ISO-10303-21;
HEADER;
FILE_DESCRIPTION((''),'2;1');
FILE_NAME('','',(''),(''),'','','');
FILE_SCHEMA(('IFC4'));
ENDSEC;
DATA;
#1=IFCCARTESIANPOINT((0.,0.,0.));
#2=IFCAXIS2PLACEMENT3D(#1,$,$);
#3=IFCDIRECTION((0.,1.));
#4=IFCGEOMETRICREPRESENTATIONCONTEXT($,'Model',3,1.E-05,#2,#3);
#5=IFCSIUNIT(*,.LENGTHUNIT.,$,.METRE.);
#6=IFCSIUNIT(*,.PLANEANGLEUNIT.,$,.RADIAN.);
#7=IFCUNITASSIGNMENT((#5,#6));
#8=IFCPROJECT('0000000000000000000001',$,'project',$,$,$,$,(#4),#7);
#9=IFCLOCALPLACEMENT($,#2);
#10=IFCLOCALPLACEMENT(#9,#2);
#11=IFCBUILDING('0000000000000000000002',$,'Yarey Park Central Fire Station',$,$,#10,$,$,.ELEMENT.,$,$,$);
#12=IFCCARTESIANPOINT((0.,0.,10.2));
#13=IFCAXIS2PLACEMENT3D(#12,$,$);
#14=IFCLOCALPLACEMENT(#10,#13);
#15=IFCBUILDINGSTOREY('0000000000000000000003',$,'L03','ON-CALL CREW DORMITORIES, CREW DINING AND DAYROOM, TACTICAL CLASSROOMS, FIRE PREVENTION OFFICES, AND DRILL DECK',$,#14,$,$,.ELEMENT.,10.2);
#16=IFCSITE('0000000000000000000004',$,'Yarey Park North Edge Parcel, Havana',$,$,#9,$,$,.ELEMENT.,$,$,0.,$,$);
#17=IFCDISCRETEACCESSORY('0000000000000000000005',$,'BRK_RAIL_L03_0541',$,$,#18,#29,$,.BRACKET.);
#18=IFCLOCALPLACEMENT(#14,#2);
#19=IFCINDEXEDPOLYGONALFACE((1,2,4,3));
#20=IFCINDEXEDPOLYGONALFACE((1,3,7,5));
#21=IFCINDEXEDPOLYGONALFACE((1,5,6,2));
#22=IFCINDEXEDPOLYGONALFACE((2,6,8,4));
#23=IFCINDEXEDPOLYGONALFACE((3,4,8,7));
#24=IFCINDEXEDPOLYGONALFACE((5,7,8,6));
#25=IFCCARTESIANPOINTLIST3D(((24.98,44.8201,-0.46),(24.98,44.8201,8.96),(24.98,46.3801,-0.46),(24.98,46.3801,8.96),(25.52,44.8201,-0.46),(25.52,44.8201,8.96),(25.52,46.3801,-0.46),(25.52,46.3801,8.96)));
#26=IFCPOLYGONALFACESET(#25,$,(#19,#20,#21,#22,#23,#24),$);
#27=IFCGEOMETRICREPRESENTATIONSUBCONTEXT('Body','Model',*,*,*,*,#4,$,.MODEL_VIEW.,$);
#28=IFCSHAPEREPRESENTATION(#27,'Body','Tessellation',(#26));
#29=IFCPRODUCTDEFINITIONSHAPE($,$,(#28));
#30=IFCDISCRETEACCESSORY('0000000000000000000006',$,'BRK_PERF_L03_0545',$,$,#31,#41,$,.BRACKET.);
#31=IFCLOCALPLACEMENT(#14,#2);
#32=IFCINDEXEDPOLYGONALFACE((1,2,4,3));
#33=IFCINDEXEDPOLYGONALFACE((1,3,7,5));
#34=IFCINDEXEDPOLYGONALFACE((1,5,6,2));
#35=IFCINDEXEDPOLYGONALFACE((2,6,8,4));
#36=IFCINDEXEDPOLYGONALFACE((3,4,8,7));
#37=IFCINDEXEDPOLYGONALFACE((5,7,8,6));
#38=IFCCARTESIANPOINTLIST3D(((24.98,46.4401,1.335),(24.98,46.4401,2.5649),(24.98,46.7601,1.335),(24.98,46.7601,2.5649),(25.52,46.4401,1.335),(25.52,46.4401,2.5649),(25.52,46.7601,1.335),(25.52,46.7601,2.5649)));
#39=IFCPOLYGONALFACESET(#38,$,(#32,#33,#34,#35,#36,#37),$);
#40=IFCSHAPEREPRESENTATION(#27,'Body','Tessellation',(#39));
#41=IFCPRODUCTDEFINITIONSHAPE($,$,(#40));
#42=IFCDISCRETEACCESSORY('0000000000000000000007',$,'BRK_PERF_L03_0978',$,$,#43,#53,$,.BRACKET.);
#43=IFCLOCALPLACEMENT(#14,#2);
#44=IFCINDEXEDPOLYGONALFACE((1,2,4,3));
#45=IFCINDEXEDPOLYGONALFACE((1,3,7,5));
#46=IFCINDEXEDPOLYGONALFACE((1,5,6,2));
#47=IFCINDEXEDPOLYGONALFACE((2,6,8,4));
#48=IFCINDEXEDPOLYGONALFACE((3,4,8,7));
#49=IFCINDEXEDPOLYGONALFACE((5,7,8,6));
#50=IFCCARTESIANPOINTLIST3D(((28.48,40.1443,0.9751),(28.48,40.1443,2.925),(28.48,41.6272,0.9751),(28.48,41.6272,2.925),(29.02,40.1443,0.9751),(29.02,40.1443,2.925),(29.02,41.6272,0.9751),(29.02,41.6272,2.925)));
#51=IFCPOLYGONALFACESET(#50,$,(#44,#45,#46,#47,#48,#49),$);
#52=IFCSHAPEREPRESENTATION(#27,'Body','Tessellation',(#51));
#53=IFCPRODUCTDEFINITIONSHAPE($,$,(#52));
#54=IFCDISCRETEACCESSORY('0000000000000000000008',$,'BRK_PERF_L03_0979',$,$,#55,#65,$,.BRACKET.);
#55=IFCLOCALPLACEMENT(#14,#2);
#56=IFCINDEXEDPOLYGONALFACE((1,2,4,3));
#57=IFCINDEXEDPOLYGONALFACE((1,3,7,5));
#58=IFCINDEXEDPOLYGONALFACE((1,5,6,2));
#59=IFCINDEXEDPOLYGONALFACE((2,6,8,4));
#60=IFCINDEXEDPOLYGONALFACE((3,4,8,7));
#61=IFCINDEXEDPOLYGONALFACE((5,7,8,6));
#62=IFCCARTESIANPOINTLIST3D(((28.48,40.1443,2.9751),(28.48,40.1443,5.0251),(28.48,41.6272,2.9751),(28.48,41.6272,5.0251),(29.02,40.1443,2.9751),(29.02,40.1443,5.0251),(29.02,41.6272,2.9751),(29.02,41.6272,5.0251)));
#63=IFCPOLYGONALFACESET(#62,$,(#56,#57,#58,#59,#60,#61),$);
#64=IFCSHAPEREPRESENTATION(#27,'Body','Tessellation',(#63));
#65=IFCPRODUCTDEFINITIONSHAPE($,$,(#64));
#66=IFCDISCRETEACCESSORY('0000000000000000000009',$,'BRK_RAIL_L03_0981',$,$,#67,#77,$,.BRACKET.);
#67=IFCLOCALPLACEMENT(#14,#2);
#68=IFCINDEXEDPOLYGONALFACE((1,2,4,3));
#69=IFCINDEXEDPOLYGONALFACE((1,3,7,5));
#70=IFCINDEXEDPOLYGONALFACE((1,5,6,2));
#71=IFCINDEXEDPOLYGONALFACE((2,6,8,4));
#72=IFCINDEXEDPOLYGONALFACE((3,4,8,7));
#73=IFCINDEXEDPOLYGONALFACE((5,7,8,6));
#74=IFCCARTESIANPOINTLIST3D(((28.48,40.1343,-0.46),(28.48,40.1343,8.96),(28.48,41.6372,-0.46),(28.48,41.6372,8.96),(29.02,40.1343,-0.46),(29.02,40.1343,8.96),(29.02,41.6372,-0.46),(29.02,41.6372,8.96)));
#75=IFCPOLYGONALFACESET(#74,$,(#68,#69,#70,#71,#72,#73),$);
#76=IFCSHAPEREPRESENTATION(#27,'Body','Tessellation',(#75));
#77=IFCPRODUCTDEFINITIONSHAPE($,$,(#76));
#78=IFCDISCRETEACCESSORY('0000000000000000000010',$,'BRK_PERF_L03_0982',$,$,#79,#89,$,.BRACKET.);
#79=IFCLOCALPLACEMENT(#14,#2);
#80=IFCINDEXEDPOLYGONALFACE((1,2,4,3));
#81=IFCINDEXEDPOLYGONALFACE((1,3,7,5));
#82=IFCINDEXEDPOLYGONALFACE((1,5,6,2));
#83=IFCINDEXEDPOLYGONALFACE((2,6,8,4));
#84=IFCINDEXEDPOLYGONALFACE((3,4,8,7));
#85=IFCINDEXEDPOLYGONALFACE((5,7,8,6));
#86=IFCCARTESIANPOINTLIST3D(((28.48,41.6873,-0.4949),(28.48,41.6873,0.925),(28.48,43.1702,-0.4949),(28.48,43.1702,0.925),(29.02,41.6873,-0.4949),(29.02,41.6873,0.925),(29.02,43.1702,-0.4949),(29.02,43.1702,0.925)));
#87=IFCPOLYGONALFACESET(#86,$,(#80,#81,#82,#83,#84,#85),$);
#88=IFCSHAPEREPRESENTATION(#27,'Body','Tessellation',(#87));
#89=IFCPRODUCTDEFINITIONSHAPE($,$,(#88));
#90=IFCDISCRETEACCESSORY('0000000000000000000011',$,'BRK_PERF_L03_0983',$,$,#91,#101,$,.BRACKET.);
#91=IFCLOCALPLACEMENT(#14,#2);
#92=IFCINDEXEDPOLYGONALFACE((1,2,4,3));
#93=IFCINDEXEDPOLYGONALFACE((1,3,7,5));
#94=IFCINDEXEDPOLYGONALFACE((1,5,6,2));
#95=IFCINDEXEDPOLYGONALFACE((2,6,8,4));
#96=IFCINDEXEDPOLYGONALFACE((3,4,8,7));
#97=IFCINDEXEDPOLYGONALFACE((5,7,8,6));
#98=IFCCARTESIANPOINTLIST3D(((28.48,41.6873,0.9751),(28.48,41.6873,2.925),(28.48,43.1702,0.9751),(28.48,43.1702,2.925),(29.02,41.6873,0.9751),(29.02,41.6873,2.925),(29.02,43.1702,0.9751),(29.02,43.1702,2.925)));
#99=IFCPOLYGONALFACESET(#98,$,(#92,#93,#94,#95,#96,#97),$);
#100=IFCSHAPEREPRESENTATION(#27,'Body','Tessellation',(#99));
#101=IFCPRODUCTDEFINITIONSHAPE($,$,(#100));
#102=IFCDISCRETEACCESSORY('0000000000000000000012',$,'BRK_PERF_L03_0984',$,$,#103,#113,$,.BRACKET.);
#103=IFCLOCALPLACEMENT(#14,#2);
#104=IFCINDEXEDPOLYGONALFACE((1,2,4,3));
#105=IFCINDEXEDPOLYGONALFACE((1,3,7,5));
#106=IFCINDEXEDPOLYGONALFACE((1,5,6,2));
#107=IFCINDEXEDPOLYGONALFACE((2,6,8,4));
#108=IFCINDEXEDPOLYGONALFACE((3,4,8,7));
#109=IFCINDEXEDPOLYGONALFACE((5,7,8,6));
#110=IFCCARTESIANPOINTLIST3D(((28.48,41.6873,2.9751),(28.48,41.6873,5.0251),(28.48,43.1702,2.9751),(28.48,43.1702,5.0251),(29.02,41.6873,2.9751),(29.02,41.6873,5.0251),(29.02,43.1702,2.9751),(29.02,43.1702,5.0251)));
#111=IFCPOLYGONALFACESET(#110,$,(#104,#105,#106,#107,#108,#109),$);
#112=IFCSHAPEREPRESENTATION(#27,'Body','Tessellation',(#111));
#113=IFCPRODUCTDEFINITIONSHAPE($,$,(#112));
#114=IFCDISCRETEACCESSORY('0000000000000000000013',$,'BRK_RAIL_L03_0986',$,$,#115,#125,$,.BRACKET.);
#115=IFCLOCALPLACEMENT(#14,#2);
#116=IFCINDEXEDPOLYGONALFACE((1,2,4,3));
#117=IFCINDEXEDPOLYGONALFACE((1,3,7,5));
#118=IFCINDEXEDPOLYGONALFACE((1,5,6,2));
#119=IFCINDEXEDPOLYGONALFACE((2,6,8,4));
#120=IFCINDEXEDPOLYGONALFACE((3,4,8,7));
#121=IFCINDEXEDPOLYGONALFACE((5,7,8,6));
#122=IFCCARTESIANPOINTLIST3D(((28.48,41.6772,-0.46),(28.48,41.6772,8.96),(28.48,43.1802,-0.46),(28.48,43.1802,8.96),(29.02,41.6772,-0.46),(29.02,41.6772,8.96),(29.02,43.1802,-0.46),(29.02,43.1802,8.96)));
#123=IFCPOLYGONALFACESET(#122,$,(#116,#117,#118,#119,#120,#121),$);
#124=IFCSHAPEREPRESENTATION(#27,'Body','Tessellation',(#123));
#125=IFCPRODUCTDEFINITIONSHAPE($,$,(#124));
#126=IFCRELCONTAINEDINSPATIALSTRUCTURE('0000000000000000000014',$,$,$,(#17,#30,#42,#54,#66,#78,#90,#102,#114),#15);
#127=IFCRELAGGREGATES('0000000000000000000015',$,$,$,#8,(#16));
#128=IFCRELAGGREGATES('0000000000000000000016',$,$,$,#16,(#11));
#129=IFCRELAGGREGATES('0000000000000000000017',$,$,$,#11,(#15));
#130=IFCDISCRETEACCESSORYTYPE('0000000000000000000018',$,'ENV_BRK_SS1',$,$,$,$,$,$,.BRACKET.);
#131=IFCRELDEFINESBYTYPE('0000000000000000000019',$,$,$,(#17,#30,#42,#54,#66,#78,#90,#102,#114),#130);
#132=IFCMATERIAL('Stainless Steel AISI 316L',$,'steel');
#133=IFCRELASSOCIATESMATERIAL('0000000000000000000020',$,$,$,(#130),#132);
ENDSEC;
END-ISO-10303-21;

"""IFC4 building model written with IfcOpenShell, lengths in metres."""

from ifc_helpers import new_model, si_unit, direction, frame, origin, origin_2d, place, context, subcontext, project, spatial, rectangle, extrude, material, type_object, element, save


model = new_model("IFC4")

# Units and contexts
model_context = context("Model", 3, precision=1e-05, world=origin(), true_north=direction((0.0, 1.0)))
body_context = subcontext(model_context, "Body", "Model", "MODEL_VIEW")
ifc_project = project(units=[si_unit("LENGTHUNIT", "METRE"), si_unit("PLANEANGLEUNIT", "RADIAN")], contexts=[model_context])

# Site, building, storey
site_placement = place(None, origin())
site = spatial("IfcSite", under=ifc_project, at=site_placement, Name="Yarey Park North Edge Parcel, Havana", CompositionType="ELEMENT", RefElevation=0.0)
building_placement = place(site_placement, origin())
building = spatial("IfcBuilding", under=site, at=building_placement, Name="Yarey Park Central Fire Station", CompositionType="ELEMENT")
storey_placement = place(building_placement, frame((0.0, 0.0, 10.2)))
storey = spatial("IfcBuildingStorey", under=building, at=storey_placement, Name="L03", Description="ON-CALL CREW DORMITORIES, CREW DINING AND DAYROOM, TACTICAL CLASSROOMS, FIRE PREVENTION OFFICES, AND DRILL DECK", CompositionType="ELEMENT", Elevation=10.2)

# Discrete accessories
ifc_material_1 = material(Name="Stainless Steel AISI 316L", Category="steel")
discrete_accessory_type = type_object("IfcDiscreteAccessoryType", Name="ENV_BRK_SS1", PredefinedType="BRACKET", material=ifc_material_1)
discrete_accessory_1_placement = place(storey_placement, frame((25.25, 45.6001, -0.46), z_axis=(0.0, 0.0, 1.0), x_axis=(1.0, 0.0, 0.0)))
element("IfcDiscreteAccessory", 1, at=discrete_accessory_1_placement, inside=storey, type_object=discrete_accessory_type, Name="BRK_RAIL_L03_0541", PredefinedType="BRACKET", context=body_context, shape_type="SweptSolid", body=[
    extrude(rectangle(XDim=0.54, YDim=1.5601, at=origin_2d()), origin(), (0.0, 0.0, 1.0), 9.4199),
])
discrete_accessory_2_placement = place(storey_placement, frame((25.25, 46.6001, 1.335), z_axis=(0.0, 0.0, 1.0), x_axis=(1.0, 0.0, 0.0)))
element("IfcDiscreteAccessory", 2, at=discrete_accessory_2_placement, inside=storey, type_object=discrete_accessory_type, Name="BRK_PERF_L03_0545", PredefinedType="BRACKET", context=body_context, shape_type="SweptSolid", body=[
    extrude(rectangle(XDim=0.54, YDim=0.3201, at=origin_2d()), origin(), (0.0, 0.0, 1.0), 1.23),
])
discrete_accessory_3_placement = place(storey_placement, frame((28.75, 40.8857, 0.9751), z_axis=(0.0, 0.0, 1.0), x_axis=(1.0, 0.0, 0.0)))
element("IfcDiscreteAccessory", 3, at=discrete_accessory_3_placement, inside=storey, type_object=discrete_accessory_type, Name="BRK_PERF_L03_0978", PredefinedType="BRACKET", context=body_context, shape_type="SweptSolid", body=[
    extrude(rectangle(XDim=0.54, YDim=1.4829, at=origin_2d()), origin(), (0.0, 0.0, 1.0), 1.95),
])
discrete_accessory_4_placement = place(storey_placement, frame((28.75, 40.8857, 2.9751), z_axis=(0.0, 0.0, 1.0), x_axis=(1.0, 0.0, 0.0)))
element("IfcDiscreteAccessory", 4, at=discrete_accessory_4_placement, inside=storey, type_object=discrete_accessory_type, Name="BRK_PERF_L03_0979", PredefinedType="BRACKET", context=body_context, shape_type="SweptSolid", body=[
    extrude(rectangle(XDim=0.54, YDim=1.4829, at=origin_2d()), origin(), (0.0, 0.0, 1.0), 2.05),
])
discrete_accessory_5_placement = place(storey_placement, frame((28.75, 40.8857, -0.46), z_axis=(0.0, 0.0, 1.0), x_axis=(1.0, 0.0, 0.0)))
element("IfcDiscreteAccessory", 5, at=discrete_accessory_5_placement, inside=storey, type_object=discrete_accessory_type, Name="BRK_RAIL_L03_0981", PredefinedType="BRACKET", context=body_context, shape_type="SweptSolid", body=[
    extrude(rectangle(XDim=0.54, YDim=1.5029, at=origin_2d()), origin(), (0.0, 0.0, 1.0), 9.4199),
])
discrete_accessory_6_placement = place(storey_placement, frame((28.75, 42.4287, -0.4949), z_axis=(0.0, 0.0, 1.0), x_axis=(1.0, 0.0, 0.0)))
element("IfcDiscreteAccessory", 6, at=discrete_accessory_6_placement, inside=storey, type_object=discrete_accessory_type, Name="BRK_PERF_L03_0982", PredefinedType="BRACKET", context=body_context, shape_type="SweptSolid", body=[
    extrude(rectangle(XDim=0.54, YDim=1.4829, at=origin_2d()), origin(), (0.0, 0.0, 1.0), 1.4199),
])
discrete_accessory_7_placement = place(storey_placement, frame((28.75, 42.4287, 0.9751), z_axis=(0.0, 0.0, 1.0), x_axis=(1.0, 0.0, 0.0)))
element("IfcDiscreteAccessory", 7, at=discrete_accessory_7_placement, inside=storey, type_object=discrete_accessory_type, Name="BRK_PERF_L03_0983", PredefinedType="BRACKET", context=body_context, shape_type="SweptSolid", body=[
    extrude(rectangle(XDim=0.54, YDim=1.4829, at=origin_2d()), origin(), (0.0, 0.0, 1.0), 1.95),
])
discrete_accessory_8_placement = place(storey_placement, frame((28.75, 42.4287, 2.9751), z_axis=(0.0, 0.0, 1.0), x_axis=(1.0, 0.0, 0.0)))
element("IfcDiscreteAccessory", 8, at=discrete_accessory_8_placement, inside=storey, type_object=discrete_accessory_type, Name="BRK_PERF_L03_0984", PredefinedType="BRACKET", context=body_context, shape_type="SweptSolid", body=[
    extrude(rectangle(XDim=0.54, YDim=1.4829, at=origin_2d()), origin(), (0.0, 0.0, 1.0), 2.05),
])
discrete_accessory_9_placement = place(storey_placement, frame((28.75, 42.4287, -0.46), z_axis=(0.0, 0.0, 1.0), x_axis=(1.0, 0.0, 0.0)))
element("IfcDiscreteAccessory", 9, at=discrete_accessory_9_placement, inside=storey, type_object=discrete_accessory_type, Name="BRK_RAIL_L03_0986", PredefinedType="BRACKET", context=body_context, shape_type="SweptSolid", body=[
    extrude(rectangle(XDim=0.54, YDim=1.5029, at=origin_2d()), origin(), (0.0, 0.0, 1.0), 9.4199),
])

save(model, "model.ifc")
